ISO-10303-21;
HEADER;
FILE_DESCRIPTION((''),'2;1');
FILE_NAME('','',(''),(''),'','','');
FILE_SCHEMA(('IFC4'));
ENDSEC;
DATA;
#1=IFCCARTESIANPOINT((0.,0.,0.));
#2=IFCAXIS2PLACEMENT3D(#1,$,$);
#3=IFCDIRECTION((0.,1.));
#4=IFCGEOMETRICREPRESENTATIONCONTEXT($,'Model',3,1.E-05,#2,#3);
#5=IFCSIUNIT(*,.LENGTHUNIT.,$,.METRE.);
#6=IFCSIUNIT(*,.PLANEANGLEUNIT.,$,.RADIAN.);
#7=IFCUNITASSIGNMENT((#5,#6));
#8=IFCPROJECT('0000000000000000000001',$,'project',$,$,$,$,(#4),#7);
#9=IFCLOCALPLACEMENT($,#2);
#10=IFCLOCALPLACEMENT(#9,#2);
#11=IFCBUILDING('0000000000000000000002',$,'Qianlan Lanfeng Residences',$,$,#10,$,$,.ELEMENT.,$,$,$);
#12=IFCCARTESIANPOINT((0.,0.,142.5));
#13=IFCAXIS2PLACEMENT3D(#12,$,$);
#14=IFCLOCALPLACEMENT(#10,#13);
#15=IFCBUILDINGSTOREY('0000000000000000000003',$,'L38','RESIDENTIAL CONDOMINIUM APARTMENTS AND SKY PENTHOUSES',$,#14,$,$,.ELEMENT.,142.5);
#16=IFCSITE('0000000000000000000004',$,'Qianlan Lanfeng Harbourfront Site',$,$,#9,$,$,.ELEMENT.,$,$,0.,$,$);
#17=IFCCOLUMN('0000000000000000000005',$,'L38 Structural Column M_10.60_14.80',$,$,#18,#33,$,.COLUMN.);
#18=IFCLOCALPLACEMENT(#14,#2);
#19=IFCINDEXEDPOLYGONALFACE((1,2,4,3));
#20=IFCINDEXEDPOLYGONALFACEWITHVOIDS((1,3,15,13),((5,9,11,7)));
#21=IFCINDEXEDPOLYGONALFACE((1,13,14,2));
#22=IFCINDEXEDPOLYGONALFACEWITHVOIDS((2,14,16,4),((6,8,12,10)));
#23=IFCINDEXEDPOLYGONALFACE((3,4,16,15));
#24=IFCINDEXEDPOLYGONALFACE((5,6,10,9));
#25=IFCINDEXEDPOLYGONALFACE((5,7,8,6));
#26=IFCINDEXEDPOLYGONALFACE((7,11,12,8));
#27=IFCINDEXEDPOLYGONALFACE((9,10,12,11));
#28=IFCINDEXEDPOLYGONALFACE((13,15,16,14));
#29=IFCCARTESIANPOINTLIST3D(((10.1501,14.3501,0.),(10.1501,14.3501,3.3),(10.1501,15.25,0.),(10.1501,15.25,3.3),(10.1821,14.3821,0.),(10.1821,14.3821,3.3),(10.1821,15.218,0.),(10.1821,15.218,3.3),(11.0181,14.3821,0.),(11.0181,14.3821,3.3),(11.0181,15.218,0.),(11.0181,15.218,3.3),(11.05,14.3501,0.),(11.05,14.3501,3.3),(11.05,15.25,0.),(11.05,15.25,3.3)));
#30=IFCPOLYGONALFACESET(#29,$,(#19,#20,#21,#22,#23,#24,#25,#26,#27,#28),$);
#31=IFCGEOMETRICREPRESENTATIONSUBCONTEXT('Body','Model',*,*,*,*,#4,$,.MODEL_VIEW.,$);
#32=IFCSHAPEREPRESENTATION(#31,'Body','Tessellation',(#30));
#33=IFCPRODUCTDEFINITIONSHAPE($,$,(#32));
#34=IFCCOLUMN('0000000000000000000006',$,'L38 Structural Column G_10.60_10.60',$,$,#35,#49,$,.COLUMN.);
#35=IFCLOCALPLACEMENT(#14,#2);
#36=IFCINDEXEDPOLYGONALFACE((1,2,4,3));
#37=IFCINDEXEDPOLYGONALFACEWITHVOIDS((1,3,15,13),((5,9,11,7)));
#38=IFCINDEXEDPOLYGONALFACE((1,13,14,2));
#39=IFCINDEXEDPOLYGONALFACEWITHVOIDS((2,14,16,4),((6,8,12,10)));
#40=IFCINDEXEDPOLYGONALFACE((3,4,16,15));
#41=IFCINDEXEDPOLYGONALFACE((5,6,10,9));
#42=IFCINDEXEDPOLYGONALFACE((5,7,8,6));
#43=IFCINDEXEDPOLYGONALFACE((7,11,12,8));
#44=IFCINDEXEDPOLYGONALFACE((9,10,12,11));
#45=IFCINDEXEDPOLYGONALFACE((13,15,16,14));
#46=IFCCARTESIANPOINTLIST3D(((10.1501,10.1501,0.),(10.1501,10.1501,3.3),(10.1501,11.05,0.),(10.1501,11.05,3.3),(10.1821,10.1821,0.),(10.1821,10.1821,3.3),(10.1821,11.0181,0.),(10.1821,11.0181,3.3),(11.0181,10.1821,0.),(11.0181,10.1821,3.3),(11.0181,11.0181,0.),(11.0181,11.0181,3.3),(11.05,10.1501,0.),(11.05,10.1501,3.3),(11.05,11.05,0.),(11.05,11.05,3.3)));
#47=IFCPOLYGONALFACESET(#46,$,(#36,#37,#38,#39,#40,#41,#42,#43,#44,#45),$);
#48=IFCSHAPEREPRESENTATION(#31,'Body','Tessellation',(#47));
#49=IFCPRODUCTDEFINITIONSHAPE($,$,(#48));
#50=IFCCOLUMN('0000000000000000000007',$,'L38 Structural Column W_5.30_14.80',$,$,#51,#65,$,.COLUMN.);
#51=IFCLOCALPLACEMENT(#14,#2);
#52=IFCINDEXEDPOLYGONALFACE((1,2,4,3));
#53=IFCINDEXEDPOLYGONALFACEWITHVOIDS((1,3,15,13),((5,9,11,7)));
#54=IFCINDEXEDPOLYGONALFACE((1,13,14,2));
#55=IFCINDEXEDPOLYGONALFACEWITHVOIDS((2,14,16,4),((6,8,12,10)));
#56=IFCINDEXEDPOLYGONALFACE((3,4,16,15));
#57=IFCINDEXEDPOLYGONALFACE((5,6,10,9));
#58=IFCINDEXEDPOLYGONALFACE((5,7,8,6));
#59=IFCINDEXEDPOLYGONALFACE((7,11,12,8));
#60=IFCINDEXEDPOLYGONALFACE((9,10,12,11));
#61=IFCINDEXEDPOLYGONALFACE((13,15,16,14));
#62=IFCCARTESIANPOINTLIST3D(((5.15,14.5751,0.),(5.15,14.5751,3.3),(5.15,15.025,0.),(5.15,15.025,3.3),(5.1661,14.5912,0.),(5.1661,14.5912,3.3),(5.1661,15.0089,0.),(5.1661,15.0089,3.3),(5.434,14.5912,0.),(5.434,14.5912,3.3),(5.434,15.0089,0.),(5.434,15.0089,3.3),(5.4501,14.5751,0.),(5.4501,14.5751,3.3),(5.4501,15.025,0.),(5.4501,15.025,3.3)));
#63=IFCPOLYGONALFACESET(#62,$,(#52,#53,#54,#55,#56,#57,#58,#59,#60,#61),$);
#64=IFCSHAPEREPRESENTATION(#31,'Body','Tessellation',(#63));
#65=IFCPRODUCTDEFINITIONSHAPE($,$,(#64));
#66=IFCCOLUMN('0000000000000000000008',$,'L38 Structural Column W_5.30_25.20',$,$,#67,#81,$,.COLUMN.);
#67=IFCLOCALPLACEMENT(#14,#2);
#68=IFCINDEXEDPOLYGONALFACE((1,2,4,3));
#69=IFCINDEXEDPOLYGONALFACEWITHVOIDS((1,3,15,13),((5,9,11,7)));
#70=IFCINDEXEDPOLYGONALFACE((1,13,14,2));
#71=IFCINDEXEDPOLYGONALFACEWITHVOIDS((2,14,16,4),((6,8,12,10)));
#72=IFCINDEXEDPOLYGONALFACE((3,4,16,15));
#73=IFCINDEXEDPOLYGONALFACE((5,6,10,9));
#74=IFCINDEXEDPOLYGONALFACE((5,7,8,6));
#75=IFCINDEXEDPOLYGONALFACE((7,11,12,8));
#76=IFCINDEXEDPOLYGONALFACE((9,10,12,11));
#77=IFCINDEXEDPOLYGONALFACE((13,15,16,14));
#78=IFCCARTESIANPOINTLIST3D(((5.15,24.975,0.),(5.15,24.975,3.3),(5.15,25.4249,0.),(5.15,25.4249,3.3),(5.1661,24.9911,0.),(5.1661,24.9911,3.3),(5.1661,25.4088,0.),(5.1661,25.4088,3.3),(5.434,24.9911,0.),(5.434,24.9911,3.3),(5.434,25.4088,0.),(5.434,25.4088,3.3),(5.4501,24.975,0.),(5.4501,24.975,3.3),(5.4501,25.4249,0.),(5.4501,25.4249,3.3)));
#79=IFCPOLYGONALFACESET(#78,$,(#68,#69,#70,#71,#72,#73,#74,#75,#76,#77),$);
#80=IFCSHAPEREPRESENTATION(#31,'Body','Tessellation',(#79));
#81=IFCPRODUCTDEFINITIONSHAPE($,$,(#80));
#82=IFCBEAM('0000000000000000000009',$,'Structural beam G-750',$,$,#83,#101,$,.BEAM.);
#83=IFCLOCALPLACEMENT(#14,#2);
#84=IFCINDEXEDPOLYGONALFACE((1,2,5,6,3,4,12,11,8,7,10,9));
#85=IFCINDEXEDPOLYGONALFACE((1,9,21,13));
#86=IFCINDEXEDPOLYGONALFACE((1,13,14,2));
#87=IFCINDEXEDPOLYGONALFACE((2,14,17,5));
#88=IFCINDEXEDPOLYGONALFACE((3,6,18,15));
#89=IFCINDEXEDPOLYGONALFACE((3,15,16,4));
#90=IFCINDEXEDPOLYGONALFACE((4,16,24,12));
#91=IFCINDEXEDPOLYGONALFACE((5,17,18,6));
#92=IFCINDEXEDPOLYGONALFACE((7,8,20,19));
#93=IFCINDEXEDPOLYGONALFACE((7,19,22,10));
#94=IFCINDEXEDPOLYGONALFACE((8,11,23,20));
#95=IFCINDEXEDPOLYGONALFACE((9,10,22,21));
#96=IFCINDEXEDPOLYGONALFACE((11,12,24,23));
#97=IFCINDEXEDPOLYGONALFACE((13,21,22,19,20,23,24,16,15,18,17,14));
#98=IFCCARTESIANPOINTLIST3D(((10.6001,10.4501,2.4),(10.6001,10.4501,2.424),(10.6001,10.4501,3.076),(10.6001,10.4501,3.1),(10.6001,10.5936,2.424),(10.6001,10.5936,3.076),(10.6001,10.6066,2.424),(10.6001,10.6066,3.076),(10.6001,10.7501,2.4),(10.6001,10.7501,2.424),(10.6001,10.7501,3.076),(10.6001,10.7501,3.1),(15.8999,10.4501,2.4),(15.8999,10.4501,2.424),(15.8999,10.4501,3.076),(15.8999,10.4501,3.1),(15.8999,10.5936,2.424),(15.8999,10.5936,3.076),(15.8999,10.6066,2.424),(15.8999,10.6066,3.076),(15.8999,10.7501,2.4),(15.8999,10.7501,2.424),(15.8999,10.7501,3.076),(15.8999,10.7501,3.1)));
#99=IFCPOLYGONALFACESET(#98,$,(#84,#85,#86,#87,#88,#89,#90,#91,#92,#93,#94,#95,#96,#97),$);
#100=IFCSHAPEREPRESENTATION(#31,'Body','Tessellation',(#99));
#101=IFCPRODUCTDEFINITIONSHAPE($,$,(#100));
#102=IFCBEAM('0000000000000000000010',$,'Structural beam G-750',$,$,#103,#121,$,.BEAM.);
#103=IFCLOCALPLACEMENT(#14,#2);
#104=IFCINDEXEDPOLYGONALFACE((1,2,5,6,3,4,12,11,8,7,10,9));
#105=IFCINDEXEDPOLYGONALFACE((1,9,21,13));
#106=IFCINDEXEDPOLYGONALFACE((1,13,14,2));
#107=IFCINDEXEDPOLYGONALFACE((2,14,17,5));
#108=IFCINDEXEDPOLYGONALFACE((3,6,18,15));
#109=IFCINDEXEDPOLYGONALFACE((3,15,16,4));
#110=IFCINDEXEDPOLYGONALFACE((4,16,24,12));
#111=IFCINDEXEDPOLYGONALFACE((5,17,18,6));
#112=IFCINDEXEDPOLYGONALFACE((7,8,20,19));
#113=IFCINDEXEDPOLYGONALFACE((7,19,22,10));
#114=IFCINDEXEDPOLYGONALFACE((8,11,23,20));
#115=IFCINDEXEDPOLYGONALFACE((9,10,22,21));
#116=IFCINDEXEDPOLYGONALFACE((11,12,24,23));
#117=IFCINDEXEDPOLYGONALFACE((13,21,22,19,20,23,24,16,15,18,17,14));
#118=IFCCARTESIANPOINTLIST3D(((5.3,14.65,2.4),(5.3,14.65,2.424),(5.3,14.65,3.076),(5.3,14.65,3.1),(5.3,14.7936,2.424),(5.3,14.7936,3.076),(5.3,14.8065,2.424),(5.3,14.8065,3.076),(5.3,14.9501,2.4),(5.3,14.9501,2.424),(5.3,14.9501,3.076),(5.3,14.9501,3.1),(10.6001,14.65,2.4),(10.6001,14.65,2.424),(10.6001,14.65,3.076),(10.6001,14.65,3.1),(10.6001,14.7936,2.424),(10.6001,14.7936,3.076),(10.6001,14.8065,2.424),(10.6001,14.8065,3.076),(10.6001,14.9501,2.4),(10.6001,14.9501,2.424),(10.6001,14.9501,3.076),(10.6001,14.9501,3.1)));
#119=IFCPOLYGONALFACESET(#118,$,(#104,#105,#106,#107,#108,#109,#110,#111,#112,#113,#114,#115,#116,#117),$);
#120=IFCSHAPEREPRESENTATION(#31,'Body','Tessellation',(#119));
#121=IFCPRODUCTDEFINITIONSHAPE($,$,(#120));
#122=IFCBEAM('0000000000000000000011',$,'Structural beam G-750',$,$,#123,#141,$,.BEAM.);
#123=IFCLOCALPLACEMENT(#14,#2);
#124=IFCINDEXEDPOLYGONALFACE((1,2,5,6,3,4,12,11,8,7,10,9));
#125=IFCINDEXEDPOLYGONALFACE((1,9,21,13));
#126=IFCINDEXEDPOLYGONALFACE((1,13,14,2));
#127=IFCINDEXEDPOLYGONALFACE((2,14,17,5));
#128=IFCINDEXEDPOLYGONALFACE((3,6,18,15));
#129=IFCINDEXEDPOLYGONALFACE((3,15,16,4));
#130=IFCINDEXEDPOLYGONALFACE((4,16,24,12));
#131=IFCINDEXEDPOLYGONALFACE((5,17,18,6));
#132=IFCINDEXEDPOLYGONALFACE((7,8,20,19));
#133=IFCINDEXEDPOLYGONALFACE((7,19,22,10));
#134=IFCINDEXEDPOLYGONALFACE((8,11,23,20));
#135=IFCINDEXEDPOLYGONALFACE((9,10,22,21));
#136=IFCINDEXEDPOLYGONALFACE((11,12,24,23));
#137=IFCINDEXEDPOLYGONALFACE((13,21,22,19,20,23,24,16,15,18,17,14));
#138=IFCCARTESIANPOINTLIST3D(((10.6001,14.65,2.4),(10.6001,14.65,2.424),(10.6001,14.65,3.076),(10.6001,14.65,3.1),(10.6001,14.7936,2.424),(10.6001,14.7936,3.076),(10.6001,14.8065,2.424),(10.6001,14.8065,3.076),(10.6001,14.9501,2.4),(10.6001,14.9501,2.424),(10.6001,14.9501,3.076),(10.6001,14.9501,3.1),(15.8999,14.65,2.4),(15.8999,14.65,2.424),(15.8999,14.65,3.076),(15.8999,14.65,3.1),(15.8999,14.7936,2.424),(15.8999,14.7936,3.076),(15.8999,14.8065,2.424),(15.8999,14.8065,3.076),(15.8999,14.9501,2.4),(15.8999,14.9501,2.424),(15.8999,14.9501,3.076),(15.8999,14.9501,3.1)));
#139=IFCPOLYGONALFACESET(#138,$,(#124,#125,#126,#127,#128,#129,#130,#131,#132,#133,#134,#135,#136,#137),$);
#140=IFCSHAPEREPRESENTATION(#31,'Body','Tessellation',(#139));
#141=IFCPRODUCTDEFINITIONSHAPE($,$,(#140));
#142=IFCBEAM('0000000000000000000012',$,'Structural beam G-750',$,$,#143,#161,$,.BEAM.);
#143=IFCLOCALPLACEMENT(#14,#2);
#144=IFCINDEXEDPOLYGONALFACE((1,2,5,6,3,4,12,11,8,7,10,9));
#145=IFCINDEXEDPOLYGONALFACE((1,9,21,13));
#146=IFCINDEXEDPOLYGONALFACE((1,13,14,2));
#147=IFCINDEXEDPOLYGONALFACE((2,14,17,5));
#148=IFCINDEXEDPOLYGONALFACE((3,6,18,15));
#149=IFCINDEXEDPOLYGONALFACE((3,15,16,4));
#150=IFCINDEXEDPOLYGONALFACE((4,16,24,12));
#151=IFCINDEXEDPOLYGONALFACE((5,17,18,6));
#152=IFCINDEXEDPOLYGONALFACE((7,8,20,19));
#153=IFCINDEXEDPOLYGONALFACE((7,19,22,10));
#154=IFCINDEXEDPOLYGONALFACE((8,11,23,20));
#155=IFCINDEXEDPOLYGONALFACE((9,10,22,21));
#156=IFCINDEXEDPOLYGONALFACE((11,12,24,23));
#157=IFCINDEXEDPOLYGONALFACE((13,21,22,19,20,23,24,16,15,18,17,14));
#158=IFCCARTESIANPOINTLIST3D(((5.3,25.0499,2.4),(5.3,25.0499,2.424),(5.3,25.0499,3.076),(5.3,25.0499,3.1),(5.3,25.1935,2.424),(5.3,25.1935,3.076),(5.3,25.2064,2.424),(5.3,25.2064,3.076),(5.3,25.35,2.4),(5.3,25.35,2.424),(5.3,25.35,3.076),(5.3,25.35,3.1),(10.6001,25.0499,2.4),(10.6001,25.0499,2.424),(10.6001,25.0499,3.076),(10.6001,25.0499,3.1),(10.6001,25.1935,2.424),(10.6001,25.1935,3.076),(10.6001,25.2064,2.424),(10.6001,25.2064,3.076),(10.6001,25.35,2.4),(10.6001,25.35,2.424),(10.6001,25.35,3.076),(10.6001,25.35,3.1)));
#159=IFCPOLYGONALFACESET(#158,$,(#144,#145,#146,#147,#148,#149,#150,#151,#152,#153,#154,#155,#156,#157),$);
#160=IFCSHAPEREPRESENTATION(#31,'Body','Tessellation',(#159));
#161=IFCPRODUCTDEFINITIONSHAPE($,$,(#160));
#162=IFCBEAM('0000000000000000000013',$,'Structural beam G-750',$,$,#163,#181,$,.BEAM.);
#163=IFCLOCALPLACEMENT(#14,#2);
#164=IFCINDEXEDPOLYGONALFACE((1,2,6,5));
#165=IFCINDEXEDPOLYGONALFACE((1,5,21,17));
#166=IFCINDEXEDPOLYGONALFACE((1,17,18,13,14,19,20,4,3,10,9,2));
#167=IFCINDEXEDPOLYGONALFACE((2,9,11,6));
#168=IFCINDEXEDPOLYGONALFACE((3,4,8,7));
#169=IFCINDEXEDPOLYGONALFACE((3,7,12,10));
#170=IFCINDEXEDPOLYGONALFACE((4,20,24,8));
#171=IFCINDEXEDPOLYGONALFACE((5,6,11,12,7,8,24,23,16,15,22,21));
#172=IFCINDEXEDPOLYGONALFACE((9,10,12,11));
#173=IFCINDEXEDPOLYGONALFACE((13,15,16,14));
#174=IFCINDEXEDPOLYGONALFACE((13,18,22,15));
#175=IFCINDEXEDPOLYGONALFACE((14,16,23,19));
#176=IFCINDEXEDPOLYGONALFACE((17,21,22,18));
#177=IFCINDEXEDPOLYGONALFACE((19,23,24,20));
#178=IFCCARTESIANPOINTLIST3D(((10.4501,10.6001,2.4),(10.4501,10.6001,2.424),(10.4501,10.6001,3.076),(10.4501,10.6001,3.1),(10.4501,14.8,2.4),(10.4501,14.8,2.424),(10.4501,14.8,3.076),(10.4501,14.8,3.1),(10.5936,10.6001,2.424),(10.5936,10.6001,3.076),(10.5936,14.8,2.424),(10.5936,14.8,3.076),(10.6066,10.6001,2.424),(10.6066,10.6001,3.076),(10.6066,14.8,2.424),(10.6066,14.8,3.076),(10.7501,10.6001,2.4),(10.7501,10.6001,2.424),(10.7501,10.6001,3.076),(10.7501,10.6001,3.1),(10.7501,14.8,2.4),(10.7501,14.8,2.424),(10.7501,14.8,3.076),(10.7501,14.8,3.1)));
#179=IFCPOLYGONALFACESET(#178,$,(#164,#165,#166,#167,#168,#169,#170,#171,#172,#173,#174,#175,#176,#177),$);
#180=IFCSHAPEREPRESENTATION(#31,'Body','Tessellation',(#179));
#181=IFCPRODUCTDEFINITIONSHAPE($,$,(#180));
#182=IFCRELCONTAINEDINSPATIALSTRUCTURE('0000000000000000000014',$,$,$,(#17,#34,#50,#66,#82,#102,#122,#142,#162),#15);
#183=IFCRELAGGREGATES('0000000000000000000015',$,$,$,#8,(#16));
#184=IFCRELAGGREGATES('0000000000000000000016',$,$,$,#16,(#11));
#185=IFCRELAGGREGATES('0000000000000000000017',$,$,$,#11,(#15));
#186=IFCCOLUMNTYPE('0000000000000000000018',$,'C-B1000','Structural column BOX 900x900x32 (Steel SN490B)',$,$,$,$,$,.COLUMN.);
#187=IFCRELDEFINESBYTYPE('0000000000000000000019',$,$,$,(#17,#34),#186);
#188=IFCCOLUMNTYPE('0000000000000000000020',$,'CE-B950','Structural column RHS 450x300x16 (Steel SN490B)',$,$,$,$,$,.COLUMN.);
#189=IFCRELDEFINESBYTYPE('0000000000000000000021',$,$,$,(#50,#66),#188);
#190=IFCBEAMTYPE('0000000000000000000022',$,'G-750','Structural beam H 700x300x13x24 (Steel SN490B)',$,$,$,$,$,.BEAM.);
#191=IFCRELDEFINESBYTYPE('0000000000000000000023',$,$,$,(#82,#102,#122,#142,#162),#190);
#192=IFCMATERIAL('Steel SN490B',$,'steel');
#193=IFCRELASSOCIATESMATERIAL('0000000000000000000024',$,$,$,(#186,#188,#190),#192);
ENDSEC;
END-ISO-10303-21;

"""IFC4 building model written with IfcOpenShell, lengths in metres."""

from ifc_helpers import new_model, si_unit, direction, frame, origin, origin_2d, place, context, subcontext, project, spatial, hollow_rectangle, i_section, extrude, material, material_profile, profile_set, type_object, element, save


model = new_model("IFC4")

# Units and contexts
model_context = context("Model", 3, precision=1e-05, world=origin(), true_north=direction((0.0, 1.0)))
body_context = subcontext(model_context, "Body", "Model", "MODEL_VIEW")
ifc_project = project(units=[si_unit("LENGTHUNIT", "METRE"), si_unit("PLANEANGLEUNIT", "RADIAN")], contexts=[model_context])

# Site, building, storey
site_placement = place(None, origin())
site = spatial("IfcSite", under=ifc_project, at=site_placement, Name="Qianlan Lanfeng Harbourfront Site", CompositionType="ELEMENT", RefElevation=0.0)
building_placement = place(site_placement, origin())
building = spatial("IfcBuilding", under=site, at=building_placement, Name="Qianlan Lanfeng Residences", CompositionType="ELEMENT")
storey_placement = place(building_placement, frame((0.0, 0.0, 142.5)))
storey = spatial("IfcBuildingStorey", under=building, at=storey_placement, Name="L38", Description="RESIDENTIAL CONDOMINIUM APARTMENTS AND SKY PENTHOUSES", CompositionType="ELEMENT", Elevation=142.5)

# Columns
ifc_material_1 = material(Name="Steel SN490B", Category="steel")
ifc_material_profile_1 = material_profile(ifc_material_1, hollow_rectangle(XDim=0.8999, YDim=0.8999, WallThickness=0.032, at=origin_2d()), Name="BOX 900x900x32")
ifc_profile_set_1 = profile_set([ifc_material_profile_1], Name="Steel SN490B")
column_type_1 = type_object("IfcColumnType", Name="C-B1000", Description="Structural column BOX 900x900x32 (Steel SN490B)", PredefinedType="COLUMN", material=ifc_profile_set_1)
for number, where, z_axis, x_axis, name in (
    (1, (10.6001, 14.8, 0.0), (0.0, 0.0, 1.0), (1.0, 0.0, 0.0), "L38 Structural Column M_10.60_14.80"),
    (2, (10.6001, 10.6001, 0.0), (0.0, 0.0, 1.0), (1.0, 0.0, 0.0), "L38 Structural Column G_10.60_10.60"),
):
    element("IfcColumn", number, at=place(storey_placement, frame(where, z_axis=z_axis, x_axis=x_axis)), inside=storey, type_object=column_type_1, Name=name, PredefinedType="COLUMN", context=body_context, shape_type="SweptSolid", body=[
        extrude(hollow_rectangle(XDim=0.8999, YDim=0.8999, WallThickness=0.032, at=origin_2d()), origin(), (0.0, 0.0, 1.0), 3.3),
    ])
ifc_material_profile_2 = material_profile(ifc_material_1, hollow_rectangle(XDim=0.3, YDim=0.45, WallThickness=0.0161, at=origin_2d()), Name="RHS 450x300x16")
ifc_profile_set_2 = profile_set([ifc_material_profile_2], Name="Steel SN490B")
column_type_2 = type_object("IfcColumnType", Name="CE-B950", Description="Structural column RHS 450x300x16 (Steel SN490B)", PredefinedType="COLUMN", material=ifc_profile_set_2)
for number, where, z_axis, x_axis, name in (
    (3, (5.3, 14.8, 0.0), (0.0, 0.0, 1.0), (1.0, 0.0, 0.0), "L38 Structural Column W_5.30_14.80"),
    (4, (5.3, 25.2, 0.0), (0.0, 0.0, 1.0), (1.0, 0.0, 0.0), "L38 Structural Column W_5.30_25.20"),
):
    element("IfcColumn", number, at=place(storey_placement, frame(where, z_axis=z_axis, x_axis=x_axis)), inside=storey, type_object=column_type_2, Name=name, PredefinedType="COLUMN", context=body_context, shape_type="SweptSolid", body=[
        extrude(hollow_rectangle(XDim=0.3, YDim=0.45, WallThickness=0.0161, at=origin_2d()), origin(), (0.0, 0.0, 1.0), 3.3),
    ])

# Beams
ifc_material_profile_3 = material_profile(ifc_material_1, i_section(OverallWidth=0.3, OverallDepth=0.7, WebThickness=0.0129, FlangeThickness=0.0239, at=origin_2d()), Name="H 700x300x13x24")
ifc_profile_set_3 = profile_set([ifc_material_profile_3], Name="Steel SN490B")
beam_type_1 = type_object("IfcBeamType", Name="G-750", Description="Structural beam H 700x300x13x24 (Steel SN490B)", PredefinedType="BEAM", material=ifc_profile_set_3)
beam_1_placement = place(storey_placement, frame((10.6001, 10.6001, 2.75), z_axis=(1.0, 0.0, 0.0), x_axis=(0.0, 1.0, 0.0)))
element("IfcBeam", 5, at=beam_1_placement, inside=storey, type_object=beam_type_1, Name="Structural beam G-750", PredefinedType="BEAM", context=body_context, shape_type="SweptSolid", body=[
    extrude(i_section(OverallWidth=0.3, OverallDepth=0.7, WebThickness=0.0129, FlangeThickness=0.0239, at=origin_2d()), origin(), (0.0, 0.0, 1.0), 5.2998),
])
beam_2_placement = place(storey_placement, frame((5.3, 14.8, 2.75), z_axis=(1.0, 0.0, 0.0), x_axis=(0.0, 1.0, 0.0)))
element("IfcBeam", 6, at=beam_2_placement, inside=storey, type_object=beam_type_1, Name="Structural beam G-750", PredefinedType="BEAM", context=body_context, shape_type="SweptSolid", body=[
    extrude(i_section(OverallWidth=0.3, OverallDepth=0.7, WebThickness=0.0129, FlangeThickness=0.0239, at=origin_2d()), origin(), (0.0, 0.0, 1.0), 5.3),
])
beam_3_placement = place(storey_placement, frame((10.6001, 14.8, 2.75), z_axis=(1.0, 0.0, 0.0), x_axis=(0.0, 1.0, 0.0)))
element("IfcBeam", 7, at=beam_3_placement, inside=storey, type_object=beam_type_1, Name="Structural beam G-750", PredefinedType="BEAM", context=body_context, shape_type="SweptSolid", body=[
    extrude(i_section(OverallWidth=0.3, OverallDepth=0.7, WebThickness=0.0129, FlangeThickness=0.0239, at=origin_2d()), origin(), (0.0, 0.0, 1.0), 5.2998),
])
beam_4_placement = place(storey_placement, frame((5.3, 25.2, 2.75), z_axis=(1.0, 0.0, 0.0), x_axis=(0.0, 1.0, 0.0)))
element("IfcBeam", 8, at=beam_4_placement, inside=storey, type_object=beam_type_1, Name="Structural beam G-750", PredefinedType="BEAM", context=body_context, shape_type="SweptSolid", body=[
    extrude(i_section(OverallWidth=0.3, OverallDepth=0.7, WebThickness=0.0129, FlangeThickness=0.0239, at=origin_2d()), origin(), (0.0, 0.0, 1.0), 5.3),
])
beam_5_placement = place(storey_placement, frame((10.6001, 10.6001, 2.75), z_axis=(0.0, 1.0, 0.0), x_axis=(-1.0, 0.0, 0.0)))
element("IfcBeam", 9, at=beam_5_placement, inside=storey, type_object=beam_type_1, Name="Structural beam G-750", PredefinedType="BEAM", context=body_context, shape_type="SweptSolid", body=[
    extrude(i_section(OverallWidth=0.3, OverallDepth=0.7, WebThickness=0.0129, FlangeThickness=0.0239, at=origin_2d()), origin(), (0.0, 0.0, 1.0), 4.2),
])

save(model, "model.ifc")
